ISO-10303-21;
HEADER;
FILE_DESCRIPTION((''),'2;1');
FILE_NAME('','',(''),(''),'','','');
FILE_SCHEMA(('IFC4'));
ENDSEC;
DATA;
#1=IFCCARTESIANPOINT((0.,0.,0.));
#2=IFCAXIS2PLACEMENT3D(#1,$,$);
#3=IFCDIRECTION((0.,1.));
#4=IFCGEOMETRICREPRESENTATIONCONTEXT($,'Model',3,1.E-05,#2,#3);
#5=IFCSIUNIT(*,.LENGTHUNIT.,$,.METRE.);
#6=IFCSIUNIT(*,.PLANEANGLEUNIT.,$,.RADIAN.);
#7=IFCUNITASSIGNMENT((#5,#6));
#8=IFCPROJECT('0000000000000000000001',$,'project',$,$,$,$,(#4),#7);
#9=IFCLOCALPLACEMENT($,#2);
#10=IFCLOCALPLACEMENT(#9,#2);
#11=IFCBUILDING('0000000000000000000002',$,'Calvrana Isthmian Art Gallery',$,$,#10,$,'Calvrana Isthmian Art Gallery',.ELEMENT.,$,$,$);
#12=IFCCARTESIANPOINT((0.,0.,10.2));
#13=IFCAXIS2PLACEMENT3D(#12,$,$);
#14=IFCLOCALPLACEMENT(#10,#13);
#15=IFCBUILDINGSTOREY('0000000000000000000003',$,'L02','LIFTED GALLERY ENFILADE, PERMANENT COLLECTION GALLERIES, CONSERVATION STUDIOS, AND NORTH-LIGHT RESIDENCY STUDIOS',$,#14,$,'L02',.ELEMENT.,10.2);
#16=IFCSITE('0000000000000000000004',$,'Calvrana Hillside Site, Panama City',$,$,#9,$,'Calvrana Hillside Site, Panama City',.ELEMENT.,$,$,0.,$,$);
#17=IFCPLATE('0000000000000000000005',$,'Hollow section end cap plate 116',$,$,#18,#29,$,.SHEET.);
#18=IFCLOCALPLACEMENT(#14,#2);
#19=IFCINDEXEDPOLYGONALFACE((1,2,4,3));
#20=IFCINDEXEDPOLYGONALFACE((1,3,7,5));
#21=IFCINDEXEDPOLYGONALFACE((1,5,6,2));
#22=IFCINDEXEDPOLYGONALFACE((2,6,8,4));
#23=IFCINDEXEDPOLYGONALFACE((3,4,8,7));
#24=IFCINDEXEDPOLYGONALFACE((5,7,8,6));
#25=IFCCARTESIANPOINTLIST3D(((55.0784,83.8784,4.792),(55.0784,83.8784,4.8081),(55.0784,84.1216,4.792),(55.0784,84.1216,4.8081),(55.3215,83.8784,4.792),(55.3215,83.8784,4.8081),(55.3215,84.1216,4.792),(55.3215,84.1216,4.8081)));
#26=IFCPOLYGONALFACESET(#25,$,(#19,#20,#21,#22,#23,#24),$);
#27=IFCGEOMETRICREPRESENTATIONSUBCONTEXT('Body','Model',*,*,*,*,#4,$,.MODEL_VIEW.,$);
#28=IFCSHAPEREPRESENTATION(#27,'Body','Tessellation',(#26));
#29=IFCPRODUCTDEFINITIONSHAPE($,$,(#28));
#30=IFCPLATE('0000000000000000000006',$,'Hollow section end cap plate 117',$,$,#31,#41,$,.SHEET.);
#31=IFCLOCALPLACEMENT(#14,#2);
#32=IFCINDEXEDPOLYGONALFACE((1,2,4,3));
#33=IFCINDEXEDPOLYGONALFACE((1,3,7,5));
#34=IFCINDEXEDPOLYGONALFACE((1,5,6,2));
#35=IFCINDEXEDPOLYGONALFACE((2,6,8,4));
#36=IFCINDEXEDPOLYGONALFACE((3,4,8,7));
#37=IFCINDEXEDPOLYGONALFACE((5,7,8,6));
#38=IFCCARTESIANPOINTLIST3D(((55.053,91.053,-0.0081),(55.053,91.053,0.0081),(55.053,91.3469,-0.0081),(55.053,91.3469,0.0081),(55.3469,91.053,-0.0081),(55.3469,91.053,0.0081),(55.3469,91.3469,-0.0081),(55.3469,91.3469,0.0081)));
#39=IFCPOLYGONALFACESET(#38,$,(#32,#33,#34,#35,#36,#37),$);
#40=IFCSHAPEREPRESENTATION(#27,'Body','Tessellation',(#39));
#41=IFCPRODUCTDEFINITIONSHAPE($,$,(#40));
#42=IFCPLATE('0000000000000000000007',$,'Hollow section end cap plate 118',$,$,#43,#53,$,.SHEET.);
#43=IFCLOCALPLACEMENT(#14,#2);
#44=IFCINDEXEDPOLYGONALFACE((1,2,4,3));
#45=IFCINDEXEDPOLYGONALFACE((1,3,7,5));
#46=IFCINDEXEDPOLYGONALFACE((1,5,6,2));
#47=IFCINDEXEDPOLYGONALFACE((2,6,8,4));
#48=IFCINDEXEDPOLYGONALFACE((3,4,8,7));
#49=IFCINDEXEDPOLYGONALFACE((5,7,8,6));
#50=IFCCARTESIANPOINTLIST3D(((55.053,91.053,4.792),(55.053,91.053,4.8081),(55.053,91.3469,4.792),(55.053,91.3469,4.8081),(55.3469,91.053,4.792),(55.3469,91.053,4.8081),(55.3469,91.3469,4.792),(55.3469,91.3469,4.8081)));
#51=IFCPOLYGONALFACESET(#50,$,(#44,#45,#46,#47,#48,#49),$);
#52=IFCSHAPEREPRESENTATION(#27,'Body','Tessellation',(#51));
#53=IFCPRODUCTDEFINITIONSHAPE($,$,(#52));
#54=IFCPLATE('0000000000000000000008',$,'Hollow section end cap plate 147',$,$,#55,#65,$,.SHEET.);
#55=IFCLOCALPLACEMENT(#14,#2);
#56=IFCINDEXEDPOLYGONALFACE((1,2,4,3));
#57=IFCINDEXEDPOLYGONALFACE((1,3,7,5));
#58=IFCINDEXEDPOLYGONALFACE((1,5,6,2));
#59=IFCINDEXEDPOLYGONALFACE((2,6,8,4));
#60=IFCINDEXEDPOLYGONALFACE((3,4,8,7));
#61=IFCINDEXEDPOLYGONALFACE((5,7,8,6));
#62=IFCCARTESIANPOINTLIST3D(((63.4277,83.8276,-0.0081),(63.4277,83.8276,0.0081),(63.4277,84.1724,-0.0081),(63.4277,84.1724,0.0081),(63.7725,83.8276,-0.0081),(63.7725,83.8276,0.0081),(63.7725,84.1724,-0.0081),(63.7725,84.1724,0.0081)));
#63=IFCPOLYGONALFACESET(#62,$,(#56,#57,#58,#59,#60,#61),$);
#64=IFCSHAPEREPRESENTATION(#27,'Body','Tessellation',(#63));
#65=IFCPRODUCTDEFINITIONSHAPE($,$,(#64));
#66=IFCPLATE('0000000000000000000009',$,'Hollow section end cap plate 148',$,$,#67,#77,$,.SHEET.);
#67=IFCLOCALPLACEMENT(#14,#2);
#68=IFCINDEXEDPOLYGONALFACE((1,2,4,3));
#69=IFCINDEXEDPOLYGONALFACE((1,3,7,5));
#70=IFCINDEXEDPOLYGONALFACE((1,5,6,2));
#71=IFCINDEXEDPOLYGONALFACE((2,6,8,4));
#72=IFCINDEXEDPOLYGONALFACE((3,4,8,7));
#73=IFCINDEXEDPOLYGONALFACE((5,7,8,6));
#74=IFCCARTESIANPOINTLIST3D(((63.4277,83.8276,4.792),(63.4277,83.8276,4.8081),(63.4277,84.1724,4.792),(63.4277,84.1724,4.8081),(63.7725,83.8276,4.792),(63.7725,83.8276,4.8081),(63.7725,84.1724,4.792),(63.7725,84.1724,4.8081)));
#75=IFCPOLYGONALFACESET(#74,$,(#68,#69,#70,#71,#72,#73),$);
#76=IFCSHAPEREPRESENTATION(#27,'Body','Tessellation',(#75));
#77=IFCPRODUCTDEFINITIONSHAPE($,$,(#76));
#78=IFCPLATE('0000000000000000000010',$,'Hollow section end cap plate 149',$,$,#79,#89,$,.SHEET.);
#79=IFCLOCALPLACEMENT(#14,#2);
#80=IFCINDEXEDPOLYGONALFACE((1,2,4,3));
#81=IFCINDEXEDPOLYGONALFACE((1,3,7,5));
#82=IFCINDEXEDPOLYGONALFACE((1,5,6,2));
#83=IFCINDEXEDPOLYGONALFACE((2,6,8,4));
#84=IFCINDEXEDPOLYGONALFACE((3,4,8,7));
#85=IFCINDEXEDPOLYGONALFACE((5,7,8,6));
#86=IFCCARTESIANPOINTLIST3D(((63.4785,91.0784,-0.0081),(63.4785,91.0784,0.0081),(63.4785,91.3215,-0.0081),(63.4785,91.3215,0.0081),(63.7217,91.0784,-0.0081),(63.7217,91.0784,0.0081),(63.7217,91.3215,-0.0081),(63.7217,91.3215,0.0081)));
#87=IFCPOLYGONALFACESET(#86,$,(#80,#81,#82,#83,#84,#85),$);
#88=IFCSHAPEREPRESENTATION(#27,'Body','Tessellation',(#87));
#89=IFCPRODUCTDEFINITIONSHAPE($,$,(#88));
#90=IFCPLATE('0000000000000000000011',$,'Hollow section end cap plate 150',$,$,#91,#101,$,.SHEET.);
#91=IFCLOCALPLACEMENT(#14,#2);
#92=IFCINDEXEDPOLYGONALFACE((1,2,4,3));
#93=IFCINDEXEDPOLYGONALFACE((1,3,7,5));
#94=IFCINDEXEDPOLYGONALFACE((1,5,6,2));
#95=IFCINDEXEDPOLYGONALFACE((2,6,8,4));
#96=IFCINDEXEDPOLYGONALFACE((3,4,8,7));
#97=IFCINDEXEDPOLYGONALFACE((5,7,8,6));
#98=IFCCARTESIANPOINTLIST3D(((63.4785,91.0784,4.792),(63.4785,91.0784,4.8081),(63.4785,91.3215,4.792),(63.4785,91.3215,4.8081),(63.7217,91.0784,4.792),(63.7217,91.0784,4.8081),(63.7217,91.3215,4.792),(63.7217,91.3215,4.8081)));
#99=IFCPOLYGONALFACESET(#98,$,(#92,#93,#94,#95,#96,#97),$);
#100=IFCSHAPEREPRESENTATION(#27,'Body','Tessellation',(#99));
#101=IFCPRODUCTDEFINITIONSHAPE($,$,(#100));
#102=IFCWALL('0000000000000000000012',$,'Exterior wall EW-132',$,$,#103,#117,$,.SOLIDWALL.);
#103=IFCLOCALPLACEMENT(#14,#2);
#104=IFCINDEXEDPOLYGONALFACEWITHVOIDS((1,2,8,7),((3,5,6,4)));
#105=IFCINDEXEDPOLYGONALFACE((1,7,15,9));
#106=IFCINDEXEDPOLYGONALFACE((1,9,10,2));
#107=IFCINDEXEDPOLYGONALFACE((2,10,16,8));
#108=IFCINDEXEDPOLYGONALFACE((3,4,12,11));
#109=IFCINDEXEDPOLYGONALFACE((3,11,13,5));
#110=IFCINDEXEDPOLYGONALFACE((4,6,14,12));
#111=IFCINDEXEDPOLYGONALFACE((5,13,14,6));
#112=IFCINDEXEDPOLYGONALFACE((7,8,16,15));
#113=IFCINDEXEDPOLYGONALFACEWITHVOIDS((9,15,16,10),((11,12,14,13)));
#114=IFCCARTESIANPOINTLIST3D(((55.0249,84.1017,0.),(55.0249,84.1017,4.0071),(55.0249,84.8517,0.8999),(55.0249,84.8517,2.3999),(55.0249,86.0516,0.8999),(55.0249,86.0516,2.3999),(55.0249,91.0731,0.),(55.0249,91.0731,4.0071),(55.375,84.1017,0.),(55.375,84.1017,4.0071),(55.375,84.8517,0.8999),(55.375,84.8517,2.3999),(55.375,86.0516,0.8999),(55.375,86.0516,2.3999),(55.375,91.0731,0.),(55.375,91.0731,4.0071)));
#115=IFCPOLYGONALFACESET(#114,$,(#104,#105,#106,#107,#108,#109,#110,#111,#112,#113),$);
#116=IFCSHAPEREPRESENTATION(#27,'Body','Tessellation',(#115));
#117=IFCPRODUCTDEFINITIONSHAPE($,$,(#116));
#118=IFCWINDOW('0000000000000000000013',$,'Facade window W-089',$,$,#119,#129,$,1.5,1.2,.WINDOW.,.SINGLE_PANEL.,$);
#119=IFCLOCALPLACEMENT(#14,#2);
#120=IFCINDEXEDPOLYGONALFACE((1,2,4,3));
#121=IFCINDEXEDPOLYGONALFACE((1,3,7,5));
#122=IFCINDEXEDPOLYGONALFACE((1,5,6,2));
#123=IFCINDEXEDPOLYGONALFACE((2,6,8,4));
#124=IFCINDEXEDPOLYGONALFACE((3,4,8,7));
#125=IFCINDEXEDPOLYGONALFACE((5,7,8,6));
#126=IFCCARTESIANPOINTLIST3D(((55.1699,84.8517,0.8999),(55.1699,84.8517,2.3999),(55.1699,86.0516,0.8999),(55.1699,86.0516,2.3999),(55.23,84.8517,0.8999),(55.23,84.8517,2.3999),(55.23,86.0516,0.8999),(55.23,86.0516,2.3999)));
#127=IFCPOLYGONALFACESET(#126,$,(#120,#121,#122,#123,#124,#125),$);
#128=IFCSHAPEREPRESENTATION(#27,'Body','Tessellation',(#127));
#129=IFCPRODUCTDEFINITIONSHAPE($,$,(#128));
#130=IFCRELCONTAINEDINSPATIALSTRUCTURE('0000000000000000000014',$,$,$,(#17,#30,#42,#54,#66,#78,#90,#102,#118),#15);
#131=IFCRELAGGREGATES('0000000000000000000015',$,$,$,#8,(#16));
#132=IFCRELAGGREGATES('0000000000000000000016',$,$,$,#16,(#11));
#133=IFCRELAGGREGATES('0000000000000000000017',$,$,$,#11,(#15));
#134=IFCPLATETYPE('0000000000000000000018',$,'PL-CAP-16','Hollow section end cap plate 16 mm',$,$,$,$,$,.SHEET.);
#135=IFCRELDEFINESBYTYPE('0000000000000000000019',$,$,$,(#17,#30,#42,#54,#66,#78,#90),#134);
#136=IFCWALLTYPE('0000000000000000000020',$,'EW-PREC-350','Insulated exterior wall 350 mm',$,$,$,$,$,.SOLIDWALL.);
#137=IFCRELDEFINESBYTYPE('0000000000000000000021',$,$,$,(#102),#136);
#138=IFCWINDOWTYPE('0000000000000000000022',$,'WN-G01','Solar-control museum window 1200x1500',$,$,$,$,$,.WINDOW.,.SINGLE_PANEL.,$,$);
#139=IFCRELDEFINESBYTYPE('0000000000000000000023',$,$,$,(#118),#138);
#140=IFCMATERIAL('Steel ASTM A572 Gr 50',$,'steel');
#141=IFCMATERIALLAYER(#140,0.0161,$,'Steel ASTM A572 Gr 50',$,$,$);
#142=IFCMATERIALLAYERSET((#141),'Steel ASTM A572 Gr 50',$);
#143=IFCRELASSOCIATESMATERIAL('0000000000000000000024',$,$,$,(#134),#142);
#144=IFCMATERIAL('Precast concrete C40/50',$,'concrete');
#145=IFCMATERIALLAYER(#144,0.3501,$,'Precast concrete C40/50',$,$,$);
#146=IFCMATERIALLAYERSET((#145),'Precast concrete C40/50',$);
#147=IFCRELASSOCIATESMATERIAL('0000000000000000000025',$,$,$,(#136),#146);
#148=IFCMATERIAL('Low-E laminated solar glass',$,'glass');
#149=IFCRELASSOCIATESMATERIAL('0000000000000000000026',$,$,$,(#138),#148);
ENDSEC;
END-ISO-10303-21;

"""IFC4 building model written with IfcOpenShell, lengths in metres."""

from ifc_helpers import new_model, si_unit, direction, frame, frame_2d, origin, origin_2d, place, context, subcontext, project, spatial, rectangle, extrude, material, layer, layer_set, type_object, element, fill, save


model = new_model("IFC4")

# Units and contexts
model_context = context("Model", 3, precision=1e-05, world=origin(), true_north=direction((0.0, 1.0)))
body_context = subcontext(model_context, "Body", "Model", "MODEL_VIEW")
ifc_project = project(units=[si_unit("LENGTHUNIT", "METRE"), si_unit("PLANEANGLEUNIT", "RADIAN")], contexts=[model_context])

# Site, building, storey
site_placement = place(None, origin())
site = spatial("IfcSite", under=ifc_project, at=site_placement, Name="Calvrana Hillside Site, Panama City", LongName="Calvrana Hillside Site, Panama City", CompositionType="ELEMENT", RefElevation=0.0)
building_placement = place(site_placement, origin())
building = spatial("IfcBuilding", under=site, at=building_placement, Name="Calvrana Isthmian Art Gallery", LongName="Calvrana Isthmian Art Gallery", CompositionType="ELEMENT")
storey_placement = place(building_placement, frame((0.0, 0.0, 10.2)))
storey = spatial("IfcBuildingStorey", under=building, at=storey_placement, Name="L02", Description="LIFTED GALLERY ENFILADE, PERMANENT COLLECTION GALLERIES, CONSERVATION STUDIOS, AND NORTH-LIGHT RESIDENCY STUDIOS", LongName="L02", CompositionType="ELEMENT", Elevation=10.2)

# Plates
ifc_material_1 = material(Name="Steel ASTM A572 Gr 50", Category="steel")
ifc_layer_1 = layer(ifc_material_1, 0.0161, Name="Steel ASTM A572 Gr 50")
ifc_layer_set_1 = layer_set([ifc_layer_1], Name="Steel ASTM A572 Gr 50")
plate_type = type_object("IfcPlateType", Name="PL-CAP-16", Description="Hollow section end cap plate 16 mm", PredefinedType="SHEET", material=ifc_layer_set_1)
for number, where, z_axis, x_axis, name in (
    (1, (55.2, 84.0, 4.792), (0.0, 0.0, 1.0), (1.0, 0.0, 0.0), "Hollow section end cap plate 116"),
):
    element("IfcPlate", number, at=place(storey_placement, frame(where, z_axis=z_axis, x_axis=x_axis)), inside=storey, type_object=plate_type, Name=name, PredefinedType="SHEET", context=body_context, shape_type="SweptSolid", body=[
        extrude(rectangle(XDim=0.2432, YDim=0.2432, at=origin_2d()), origin(), (0.0, 0.0, 1.0), 0.0161),
    ])
for number, where, z_axis, x_axis, name in (
    (2, (55.2, 91.2, -0.0081), (0.0, 0.0, 1.0), (1.0, 0.0, 0.0), "Hollow section end cap plate 117"),
    (3, (55.2, 91.2, 4.792), (0.0, 0.0, 1.0), (1.0, 0.0, 0.0), "Hollow section end cap plate 118"),
):
    element("IfcPlate", number, at=place(storey_placement, frame(where, z_axis=z_axis, x_axis=x_axis)), inside=storey, type_object=plate_type, Name=name, PredefinedType="SHEET", context=body_context, shape_type="SweptSolid", body=[
        extrude(rectangle(XDim=0.2939, YDim=0.2939, at=origin_2d()), origin(), (0.0, 0.0, 1.0), 0.0161),
    ])
for number, where, z_axis, x_axis, name in (
    (4, (63.6001, 84.0, -0.0081), (0.0, 0.0, 1.0), (1.0, 0.0, 0.0), "Hollow section end cap plate 147"),
    (5, (63.6001, 84.0, 4.792), (0.0, 0.0, 1.0), (1.0, 0.0, 0.0), "Hollow section end cap plate 148"),
):
    element("IfcPlate", number, at=place(storey_placement, frame(where, z_axis=z_axis, x_axis=x_axis)), inside=storey, type_object=plate_type, Name=name, PredefinedType="SHEET", context=body_context, shape_type="SweptSolid", body=[
        extrude(rectangle(XDim=0.3447, YDim=0.3447, at=origin_2d()), origin(), (0.0, 0.0, 1.0), 0.0161),
    ])
for number, where, z_axis, x_axis, name in (
    (6, (63.6001, 91.2, -0.0081), (0.0, 0.0, 1.0), (1.0, 0.0, 0.0), "Hollow section end cap plate 149"),
    (7, (63.6001, 91.2, 4.792), (0.0, 0.0, 1.0), (1.0, 0.0, 0.0), "Hollow section end cap plate 150"),
):
    element("IfcPlate", number, at=place(storey_placement, frame(where, z_axis=z_axis, x_axis=x_axis)), inside=storey, type_object=plate_type, Name=name, PredefinedType="SHEET", context=body_context, shape_type="SweptSolid", body=[
        extrude(rectangle(XDim=0.2432, YDim=0.2432, at=origin_2d()), origin(), (0.0, 0.0, 1.0), 0.0161),
    ])

# Wall, opening, window
ifc_material_2 = material(Name="Precast concrete C40/50", Category="concrete")
ifc_layer_2 = layer(ifc_material_2, 0.3501, Name="Precast concrete C40/50")
ifc_layer_set_2 = layer_set([ifc_layer_2], Name="Precast concrete C40/50")
wall_type = type_object("IfcWallType", Name="EW-PREC-350", Description="Insulated exterior wall 350 mm", PredefinedType="SOLIDWALL", material=ifc_layer_set_2)
wall_placement = place(storey_placement, frame((55.2, 84.1016, 0.0), z_axis=(0.0, 0.0, 1.0), x_axis=(0.0, 1.0, 0.0)))
wall = element("IfcWall", 8, at=wall_placement, inside=storey, type_object=wall_type, Name="Exterior wall EW-132", PredefinedType="SOLIDWALL", context=body_context, shape_type="SweptSolid", body=[
    extrude(rectangle(XDim=6.9714, YDim=0.3501, at=frame_2d((3.4858, 0.0))), origin(), (0.0, 0.0, 1.0), 4.0071),
])
opening_placement = place(wall_placement, frame((0.75, 0.0, 0.8999)))
opening = element("IfcOpeningElement", 9, at=opening_placement, cuts=wall, PredefinedType="OPENING", context=body_context, shape_type="SweptSolid", body=[
    extrude(rectangle(XDim=1.2, YDim=1.5, at=frame_2d((0.6001, 0.75))), frame((0.0, 0.1853, 0.0), z_axis=(0.0, -1.0, 0.0), x_axis=(1.0, 0.0, 0.0)), (0.0, 0.0, 1.0), 0.3706),
])
ifc_material_3 = material(Name="Low-E laminated solar glass", Category="glass")
window_type = type_object("IfcWindowType", Name="WN-G01", Description="Solar-control museum window 1200x1500", PartitioningType="SINGLE_PANEL", PredefinedType="WINDOW", material=ifc_material_3)
window_placement = place(opening_placement, origin())
window = element("IfcWindow", 10, at=window_placement, inside=storey, type_object=window_type, Name="Facade window W-089", OverallHeight=1.5, OverallWidth=1.2, PartitioningType="SINGLE_PANEL", PredefinedType="WINDOW", context=body_context, shape_type="SweptSolid", body=[
    extrude(rectangle(XDim=1.2, YDim=1.5, at=frame_2d((0.6001, 0.75))), frame((0.0, 0.03, 0.0), z_axis=(0.0, -1.0, 0.0), x_axis=(1.0, 0.0, 0.0)), (0.0, 0.0, 1.0), 0.0601),
])
fill(opening, window)

save(model, "model.ifc")
